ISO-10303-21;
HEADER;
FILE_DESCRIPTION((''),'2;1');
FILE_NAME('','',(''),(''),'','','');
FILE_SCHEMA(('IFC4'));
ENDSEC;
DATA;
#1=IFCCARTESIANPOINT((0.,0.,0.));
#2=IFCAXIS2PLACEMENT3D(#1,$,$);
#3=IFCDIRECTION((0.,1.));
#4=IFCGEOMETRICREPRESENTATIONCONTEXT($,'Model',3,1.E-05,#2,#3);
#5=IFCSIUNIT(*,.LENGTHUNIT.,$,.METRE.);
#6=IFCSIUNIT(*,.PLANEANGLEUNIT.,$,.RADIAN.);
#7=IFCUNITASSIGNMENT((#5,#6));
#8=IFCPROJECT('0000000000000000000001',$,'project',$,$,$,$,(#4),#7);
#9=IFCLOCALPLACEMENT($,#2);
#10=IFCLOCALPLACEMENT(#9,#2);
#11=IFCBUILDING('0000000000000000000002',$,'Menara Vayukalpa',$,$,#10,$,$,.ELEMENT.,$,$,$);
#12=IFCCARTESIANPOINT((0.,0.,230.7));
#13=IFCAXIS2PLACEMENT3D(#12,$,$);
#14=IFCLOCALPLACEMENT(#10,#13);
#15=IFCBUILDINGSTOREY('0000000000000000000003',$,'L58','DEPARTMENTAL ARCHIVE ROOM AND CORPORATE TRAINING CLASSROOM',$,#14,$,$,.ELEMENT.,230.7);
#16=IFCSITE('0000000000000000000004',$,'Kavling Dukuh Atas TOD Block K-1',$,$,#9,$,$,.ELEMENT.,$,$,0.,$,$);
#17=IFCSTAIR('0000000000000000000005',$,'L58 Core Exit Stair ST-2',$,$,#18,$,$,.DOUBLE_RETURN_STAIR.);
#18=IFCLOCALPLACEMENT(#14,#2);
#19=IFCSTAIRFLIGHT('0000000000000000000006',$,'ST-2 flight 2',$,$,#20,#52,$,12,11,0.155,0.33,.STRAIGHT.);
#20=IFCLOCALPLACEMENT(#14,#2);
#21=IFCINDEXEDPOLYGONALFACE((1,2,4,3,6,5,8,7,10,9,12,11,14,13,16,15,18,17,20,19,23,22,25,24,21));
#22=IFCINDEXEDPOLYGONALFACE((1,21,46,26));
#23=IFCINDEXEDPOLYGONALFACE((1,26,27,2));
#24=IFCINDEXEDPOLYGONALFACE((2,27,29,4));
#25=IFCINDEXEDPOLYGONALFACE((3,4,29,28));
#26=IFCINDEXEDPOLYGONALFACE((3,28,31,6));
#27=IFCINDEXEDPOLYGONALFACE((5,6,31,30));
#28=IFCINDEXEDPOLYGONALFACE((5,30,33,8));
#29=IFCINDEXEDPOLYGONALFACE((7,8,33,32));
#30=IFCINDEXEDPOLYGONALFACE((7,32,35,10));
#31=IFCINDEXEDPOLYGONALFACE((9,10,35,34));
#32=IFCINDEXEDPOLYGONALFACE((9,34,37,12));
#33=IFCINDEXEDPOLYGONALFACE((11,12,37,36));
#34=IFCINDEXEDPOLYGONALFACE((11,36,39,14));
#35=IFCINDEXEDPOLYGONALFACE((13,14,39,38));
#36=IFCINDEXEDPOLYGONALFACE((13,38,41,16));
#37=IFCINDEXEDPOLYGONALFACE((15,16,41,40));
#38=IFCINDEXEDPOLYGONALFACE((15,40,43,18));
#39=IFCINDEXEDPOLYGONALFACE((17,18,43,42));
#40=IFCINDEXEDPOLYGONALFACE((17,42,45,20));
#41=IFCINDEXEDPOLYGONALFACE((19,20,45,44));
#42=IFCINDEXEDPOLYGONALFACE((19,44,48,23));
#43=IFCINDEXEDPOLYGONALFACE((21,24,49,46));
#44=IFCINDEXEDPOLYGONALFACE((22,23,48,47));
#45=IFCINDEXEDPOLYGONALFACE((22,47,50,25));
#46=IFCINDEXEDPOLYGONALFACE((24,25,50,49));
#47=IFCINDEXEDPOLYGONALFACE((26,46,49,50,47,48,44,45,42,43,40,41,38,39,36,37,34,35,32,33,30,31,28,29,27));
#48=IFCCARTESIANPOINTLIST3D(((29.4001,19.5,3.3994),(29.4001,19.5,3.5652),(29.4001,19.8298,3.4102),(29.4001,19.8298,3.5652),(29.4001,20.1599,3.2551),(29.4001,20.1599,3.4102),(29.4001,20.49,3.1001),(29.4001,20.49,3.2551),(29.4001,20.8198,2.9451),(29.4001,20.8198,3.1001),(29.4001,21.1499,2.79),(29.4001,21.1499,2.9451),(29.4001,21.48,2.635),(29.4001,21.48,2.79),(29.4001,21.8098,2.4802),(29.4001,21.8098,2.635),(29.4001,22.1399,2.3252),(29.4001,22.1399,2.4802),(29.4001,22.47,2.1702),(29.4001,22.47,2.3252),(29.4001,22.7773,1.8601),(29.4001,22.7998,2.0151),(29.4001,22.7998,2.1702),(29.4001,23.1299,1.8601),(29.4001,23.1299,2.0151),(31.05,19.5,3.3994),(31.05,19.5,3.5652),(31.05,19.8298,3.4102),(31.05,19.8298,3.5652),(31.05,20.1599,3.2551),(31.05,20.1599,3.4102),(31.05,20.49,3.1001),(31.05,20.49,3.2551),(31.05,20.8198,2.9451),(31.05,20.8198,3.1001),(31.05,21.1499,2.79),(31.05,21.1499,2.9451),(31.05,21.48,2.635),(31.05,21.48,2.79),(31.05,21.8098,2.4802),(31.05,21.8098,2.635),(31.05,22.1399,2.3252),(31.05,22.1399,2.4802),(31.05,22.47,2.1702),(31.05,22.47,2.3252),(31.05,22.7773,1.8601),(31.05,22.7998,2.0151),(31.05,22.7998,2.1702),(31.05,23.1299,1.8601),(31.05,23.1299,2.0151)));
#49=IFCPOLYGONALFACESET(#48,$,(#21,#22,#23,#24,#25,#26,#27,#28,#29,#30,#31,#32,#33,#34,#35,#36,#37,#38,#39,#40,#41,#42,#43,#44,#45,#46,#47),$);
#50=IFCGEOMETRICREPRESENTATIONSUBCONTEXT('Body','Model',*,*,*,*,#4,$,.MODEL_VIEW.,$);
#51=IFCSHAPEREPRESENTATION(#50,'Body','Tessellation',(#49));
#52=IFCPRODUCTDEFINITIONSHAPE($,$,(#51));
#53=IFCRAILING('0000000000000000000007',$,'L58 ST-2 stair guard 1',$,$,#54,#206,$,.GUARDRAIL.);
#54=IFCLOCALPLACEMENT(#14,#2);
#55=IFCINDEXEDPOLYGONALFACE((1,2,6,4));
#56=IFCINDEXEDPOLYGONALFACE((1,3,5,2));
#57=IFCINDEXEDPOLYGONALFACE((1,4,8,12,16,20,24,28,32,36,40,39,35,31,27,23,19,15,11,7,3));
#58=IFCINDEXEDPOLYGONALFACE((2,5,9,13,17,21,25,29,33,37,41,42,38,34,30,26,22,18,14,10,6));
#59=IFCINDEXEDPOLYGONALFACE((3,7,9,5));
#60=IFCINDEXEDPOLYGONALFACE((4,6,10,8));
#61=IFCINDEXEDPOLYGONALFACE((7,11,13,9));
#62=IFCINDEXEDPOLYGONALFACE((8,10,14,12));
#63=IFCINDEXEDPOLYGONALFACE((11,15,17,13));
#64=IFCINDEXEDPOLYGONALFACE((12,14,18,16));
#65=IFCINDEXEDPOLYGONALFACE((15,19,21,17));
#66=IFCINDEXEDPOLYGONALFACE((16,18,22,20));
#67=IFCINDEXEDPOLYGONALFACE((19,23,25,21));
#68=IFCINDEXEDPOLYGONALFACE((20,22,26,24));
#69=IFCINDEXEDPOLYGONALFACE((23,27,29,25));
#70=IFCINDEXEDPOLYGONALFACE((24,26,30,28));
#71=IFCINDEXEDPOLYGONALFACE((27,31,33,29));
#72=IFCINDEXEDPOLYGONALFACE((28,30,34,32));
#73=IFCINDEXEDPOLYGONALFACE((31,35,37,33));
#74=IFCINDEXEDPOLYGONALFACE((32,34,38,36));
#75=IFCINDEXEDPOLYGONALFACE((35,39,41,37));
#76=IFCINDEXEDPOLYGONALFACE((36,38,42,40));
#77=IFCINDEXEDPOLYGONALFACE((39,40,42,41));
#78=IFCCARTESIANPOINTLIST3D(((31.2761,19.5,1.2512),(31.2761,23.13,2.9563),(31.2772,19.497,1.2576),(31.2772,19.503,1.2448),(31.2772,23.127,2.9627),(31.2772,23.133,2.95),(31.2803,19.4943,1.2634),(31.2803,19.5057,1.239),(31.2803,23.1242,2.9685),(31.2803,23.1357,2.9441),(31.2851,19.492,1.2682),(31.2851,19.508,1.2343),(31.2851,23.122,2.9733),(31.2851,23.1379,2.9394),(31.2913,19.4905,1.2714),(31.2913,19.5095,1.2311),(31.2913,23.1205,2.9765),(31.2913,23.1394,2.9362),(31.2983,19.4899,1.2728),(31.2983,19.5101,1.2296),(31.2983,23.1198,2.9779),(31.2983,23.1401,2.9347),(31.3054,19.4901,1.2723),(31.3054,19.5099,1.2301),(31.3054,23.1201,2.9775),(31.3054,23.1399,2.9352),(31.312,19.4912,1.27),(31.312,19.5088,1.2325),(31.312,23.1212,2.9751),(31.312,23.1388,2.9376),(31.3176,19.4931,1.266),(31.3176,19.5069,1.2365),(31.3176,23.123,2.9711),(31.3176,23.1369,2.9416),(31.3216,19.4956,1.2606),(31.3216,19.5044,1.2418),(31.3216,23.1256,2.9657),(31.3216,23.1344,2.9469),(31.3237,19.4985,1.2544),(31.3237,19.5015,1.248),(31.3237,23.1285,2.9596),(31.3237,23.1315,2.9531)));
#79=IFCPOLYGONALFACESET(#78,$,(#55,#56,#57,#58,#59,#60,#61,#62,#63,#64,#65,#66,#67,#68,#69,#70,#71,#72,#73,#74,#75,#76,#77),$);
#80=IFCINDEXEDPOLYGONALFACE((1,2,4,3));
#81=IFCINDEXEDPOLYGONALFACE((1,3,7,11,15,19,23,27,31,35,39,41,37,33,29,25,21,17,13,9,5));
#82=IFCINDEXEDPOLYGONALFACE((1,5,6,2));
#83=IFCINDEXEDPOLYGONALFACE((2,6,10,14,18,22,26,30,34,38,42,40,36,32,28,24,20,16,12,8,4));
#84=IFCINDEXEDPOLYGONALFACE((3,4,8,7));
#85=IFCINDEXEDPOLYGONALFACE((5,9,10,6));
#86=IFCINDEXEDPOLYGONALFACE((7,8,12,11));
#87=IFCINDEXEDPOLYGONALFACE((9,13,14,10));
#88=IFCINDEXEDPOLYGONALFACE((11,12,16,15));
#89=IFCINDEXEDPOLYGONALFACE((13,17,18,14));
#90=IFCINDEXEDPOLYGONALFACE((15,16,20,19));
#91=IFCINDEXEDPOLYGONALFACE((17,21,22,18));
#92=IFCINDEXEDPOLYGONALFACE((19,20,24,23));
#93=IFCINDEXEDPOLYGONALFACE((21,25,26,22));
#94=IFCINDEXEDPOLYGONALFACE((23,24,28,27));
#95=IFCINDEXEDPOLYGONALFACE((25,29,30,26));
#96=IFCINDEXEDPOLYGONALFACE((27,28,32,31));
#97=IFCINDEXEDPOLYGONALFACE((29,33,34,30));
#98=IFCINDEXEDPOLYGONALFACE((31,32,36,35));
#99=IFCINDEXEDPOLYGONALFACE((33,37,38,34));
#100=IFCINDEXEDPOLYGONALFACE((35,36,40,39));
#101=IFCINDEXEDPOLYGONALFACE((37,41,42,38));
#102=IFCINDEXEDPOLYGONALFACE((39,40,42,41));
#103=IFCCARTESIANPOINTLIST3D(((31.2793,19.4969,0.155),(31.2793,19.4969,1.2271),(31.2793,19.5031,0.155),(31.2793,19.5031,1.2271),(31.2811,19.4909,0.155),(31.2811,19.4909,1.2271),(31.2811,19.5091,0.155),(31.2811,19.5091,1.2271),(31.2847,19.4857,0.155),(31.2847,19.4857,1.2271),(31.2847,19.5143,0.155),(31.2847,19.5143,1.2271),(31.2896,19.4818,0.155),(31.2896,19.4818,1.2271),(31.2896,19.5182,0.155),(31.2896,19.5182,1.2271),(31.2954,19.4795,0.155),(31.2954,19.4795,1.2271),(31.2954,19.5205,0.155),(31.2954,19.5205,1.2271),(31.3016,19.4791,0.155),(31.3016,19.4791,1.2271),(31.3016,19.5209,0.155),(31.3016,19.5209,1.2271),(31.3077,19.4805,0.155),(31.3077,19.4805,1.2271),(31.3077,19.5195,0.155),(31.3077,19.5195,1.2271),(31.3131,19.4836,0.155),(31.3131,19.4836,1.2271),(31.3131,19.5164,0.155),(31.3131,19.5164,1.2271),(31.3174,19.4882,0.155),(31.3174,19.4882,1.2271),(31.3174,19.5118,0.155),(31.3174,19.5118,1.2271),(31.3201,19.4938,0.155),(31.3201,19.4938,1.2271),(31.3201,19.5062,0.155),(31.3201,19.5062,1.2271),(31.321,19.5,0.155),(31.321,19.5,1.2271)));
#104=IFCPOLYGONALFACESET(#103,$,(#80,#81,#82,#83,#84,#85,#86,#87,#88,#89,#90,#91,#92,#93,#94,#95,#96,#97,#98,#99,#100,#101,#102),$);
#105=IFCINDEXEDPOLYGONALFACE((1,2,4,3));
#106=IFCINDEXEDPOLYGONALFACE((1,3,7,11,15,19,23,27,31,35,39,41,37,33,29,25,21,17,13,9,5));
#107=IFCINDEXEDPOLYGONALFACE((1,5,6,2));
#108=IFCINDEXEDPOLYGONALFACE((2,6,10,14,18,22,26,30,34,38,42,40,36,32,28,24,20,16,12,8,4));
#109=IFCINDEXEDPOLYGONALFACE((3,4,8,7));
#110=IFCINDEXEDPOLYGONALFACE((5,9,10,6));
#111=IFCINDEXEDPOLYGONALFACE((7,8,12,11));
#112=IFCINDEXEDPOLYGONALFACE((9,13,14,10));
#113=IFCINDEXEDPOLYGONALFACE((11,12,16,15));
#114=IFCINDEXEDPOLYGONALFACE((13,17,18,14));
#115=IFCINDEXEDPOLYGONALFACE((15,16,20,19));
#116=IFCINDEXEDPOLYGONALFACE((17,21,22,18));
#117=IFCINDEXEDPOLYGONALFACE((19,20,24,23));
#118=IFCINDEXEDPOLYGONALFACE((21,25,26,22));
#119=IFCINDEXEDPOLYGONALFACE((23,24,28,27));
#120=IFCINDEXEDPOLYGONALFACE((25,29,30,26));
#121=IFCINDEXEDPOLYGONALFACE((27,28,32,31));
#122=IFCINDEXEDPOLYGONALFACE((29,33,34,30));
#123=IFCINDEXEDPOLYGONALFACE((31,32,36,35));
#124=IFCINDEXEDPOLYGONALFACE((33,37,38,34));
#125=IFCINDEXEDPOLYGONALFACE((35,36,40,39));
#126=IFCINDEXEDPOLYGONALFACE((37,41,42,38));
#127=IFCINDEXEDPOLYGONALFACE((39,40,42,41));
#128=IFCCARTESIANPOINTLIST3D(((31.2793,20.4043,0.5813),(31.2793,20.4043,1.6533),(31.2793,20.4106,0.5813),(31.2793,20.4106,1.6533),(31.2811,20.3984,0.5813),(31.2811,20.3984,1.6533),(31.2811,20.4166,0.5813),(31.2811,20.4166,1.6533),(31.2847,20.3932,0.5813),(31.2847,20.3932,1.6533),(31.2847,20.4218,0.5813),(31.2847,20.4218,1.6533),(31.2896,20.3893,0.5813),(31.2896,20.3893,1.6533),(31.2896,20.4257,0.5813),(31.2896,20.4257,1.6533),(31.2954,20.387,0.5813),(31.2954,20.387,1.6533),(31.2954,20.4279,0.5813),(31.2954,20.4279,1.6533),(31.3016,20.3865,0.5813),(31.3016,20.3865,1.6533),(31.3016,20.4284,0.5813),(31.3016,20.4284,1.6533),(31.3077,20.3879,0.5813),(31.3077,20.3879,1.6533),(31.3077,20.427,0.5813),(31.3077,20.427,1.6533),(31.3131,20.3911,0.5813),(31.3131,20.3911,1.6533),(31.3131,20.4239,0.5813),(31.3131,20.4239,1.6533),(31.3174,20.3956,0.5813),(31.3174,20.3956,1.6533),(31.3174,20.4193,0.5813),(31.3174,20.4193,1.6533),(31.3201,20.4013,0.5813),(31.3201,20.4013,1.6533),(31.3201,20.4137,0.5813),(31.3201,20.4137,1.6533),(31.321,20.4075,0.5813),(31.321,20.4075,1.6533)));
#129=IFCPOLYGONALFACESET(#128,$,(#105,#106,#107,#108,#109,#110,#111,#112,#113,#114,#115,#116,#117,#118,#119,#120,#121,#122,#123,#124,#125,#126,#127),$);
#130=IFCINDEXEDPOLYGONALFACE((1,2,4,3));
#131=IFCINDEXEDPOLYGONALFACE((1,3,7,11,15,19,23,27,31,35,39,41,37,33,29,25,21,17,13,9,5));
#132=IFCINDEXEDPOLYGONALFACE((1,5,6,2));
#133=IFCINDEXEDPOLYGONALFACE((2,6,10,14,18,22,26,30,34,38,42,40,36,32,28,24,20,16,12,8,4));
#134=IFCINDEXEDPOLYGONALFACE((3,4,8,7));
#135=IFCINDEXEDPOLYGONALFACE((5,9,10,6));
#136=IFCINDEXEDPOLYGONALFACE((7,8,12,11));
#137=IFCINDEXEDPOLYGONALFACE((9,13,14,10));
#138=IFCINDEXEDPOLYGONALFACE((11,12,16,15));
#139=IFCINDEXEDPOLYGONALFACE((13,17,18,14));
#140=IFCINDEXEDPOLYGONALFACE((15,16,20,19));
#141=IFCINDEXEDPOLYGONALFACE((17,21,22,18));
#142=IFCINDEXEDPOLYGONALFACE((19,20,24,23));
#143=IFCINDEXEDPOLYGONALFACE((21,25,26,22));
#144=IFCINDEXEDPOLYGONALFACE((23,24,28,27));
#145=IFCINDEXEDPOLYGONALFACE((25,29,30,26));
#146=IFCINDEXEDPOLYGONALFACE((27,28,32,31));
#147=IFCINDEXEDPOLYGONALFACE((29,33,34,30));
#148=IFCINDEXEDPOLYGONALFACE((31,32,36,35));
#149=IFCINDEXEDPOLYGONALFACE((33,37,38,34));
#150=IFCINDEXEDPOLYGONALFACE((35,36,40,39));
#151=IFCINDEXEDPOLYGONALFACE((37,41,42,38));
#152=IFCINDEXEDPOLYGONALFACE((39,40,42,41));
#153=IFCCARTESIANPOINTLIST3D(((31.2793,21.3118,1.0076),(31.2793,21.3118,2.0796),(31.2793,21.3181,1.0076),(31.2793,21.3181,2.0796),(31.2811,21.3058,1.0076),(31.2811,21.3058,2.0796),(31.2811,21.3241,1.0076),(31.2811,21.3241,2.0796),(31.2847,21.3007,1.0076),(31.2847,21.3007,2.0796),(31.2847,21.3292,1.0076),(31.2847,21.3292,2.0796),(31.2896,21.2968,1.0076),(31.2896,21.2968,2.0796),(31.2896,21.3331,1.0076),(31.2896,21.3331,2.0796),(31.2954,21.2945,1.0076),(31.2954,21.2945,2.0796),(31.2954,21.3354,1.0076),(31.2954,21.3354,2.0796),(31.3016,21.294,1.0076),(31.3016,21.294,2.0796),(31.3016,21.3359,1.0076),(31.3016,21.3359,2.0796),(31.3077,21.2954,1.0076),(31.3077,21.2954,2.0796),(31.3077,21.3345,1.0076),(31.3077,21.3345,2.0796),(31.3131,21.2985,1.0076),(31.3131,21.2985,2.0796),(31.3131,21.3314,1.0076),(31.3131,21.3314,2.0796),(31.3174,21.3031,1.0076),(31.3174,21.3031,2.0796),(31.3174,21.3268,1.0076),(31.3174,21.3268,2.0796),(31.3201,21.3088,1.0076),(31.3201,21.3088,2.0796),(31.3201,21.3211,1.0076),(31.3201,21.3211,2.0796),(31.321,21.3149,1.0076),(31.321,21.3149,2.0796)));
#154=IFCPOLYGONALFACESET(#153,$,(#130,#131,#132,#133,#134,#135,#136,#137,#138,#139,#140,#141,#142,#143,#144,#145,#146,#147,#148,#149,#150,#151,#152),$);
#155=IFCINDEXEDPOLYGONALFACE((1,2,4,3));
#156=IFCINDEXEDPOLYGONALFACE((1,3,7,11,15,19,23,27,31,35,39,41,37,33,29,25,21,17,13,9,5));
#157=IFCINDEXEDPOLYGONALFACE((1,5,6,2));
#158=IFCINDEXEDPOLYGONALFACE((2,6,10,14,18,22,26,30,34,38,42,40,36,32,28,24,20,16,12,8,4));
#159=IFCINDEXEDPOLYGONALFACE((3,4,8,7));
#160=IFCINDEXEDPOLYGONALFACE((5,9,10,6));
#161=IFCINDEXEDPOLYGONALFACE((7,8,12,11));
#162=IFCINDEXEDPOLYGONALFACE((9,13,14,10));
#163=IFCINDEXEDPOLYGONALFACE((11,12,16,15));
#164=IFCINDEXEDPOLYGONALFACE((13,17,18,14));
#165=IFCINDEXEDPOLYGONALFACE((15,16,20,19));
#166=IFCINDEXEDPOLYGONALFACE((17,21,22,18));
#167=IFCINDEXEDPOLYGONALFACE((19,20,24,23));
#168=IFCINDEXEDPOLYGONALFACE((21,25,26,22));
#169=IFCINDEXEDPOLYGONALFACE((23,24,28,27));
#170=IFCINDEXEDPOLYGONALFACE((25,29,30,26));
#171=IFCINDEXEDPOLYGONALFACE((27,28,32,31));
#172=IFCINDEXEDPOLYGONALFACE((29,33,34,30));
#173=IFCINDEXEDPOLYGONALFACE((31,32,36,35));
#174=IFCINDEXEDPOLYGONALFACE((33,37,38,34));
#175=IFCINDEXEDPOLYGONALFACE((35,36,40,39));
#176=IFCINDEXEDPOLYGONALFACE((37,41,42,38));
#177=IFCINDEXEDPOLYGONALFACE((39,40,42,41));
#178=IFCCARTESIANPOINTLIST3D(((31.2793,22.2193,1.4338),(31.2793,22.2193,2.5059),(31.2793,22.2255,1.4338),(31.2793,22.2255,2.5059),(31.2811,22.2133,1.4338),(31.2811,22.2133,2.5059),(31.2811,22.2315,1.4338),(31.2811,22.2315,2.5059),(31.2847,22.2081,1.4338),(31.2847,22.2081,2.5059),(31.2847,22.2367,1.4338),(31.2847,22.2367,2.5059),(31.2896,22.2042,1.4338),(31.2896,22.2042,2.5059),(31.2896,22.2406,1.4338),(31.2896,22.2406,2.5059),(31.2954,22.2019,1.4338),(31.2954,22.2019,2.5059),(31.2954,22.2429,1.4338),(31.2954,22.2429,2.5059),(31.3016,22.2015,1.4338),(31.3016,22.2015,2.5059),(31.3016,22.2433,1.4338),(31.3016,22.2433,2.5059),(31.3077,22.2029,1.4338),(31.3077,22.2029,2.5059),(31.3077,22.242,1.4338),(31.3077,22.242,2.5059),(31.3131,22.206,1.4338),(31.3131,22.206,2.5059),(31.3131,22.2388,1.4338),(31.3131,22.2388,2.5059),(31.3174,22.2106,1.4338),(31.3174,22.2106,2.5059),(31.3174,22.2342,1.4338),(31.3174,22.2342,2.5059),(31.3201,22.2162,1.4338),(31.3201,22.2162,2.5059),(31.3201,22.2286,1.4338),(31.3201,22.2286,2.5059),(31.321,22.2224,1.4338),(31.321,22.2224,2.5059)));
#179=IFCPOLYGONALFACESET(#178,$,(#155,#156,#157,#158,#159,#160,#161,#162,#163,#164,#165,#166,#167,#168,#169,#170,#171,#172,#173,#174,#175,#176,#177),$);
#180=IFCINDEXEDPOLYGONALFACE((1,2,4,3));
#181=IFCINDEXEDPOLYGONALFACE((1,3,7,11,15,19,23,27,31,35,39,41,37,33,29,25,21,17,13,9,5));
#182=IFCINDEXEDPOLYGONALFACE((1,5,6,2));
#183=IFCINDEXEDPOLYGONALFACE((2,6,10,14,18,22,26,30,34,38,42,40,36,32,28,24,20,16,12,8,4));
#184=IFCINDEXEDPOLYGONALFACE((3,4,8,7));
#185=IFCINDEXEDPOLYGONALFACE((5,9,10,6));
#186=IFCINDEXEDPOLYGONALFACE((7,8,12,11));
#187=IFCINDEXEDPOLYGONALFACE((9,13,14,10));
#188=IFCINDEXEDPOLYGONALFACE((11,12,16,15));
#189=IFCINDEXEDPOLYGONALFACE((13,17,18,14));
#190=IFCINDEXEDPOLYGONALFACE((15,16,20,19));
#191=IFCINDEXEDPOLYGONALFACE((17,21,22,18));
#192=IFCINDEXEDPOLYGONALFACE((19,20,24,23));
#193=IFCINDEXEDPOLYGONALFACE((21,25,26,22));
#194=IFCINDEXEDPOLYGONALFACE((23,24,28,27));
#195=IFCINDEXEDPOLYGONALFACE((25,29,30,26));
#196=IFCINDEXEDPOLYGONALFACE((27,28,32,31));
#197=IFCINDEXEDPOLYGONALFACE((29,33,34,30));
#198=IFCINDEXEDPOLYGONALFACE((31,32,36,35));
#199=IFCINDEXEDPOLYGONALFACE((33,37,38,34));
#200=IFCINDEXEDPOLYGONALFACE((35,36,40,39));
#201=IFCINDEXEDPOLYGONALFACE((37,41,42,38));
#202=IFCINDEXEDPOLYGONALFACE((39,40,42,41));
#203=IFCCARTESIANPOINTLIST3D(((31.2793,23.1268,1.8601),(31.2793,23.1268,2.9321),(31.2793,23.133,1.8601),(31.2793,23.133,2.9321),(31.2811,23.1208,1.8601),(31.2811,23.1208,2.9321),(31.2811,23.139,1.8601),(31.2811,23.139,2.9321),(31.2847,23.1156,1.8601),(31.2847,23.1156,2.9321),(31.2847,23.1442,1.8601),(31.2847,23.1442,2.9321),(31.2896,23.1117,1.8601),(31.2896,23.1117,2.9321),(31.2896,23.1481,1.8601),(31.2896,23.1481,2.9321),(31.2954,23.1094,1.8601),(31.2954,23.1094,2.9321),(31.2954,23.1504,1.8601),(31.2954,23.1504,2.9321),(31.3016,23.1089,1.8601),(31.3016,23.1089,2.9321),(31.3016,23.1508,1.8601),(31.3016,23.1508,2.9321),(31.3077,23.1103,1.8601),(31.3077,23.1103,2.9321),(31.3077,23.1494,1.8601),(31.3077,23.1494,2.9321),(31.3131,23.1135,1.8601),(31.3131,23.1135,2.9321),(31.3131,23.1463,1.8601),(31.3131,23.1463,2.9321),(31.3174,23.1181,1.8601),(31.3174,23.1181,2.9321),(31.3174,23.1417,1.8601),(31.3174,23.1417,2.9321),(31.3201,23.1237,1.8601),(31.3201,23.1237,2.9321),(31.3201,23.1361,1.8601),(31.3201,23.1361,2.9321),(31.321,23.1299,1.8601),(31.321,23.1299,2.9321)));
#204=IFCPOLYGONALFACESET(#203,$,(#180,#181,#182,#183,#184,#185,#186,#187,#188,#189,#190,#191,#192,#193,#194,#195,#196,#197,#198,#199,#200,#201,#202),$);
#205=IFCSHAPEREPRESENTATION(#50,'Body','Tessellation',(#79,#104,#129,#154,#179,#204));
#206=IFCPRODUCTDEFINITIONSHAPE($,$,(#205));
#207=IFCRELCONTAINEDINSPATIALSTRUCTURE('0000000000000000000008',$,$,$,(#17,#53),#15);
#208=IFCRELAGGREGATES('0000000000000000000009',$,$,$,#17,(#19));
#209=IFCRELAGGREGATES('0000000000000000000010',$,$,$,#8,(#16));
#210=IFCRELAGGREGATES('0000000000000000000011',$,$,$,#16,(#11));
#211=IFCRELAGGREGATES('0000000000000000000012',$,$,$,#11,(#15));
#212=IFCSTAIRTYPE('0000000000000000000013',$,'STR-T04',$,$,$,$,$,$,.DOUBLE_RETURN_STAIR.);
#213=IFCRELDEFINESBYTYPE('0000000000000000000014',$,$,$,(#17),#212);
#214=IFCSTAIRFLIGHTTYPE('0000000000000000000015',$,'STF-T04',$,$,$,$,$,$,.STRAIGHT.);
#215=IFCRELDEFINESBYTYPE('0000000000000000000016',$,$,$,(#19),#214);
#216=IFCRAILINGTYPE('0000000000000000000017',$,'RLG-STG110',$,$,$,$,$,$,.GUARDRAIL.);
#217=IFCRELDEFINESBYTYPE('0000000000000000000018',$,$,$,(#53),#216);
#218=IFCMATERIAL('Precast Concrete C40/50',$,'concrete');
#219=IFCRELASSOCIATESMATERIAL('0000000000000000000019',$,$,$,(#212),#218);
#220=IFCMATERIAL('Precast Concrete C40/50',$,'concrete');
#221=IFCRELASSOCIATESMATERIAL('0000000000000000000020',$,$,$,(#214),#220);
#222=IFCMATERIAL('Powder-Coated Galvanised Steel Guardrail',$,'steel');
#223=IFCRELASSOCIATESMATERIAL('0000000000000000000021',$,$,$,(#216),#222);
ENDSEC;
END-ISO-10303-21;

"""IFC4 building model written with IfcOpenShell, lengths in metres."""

from ifc_helpers import new_model, si_unit, direction, frame, origin, origin_2d, place, context, subcontext, project, spatial, polyline, circle, outline, extrude, material, type_object, element, aggregate, save


model = new_model("IFC4")

# Units and contexts
model_context = context("Model", 3, precision=1e-05, world=origin(), true_north=direction((0.0, 1.0)))
body_context = subcontext(model_context, "Body", "Model", "MODEL_VIEW")
ifc_project = project(units=[si_unit("LENGTHUNIT", "METRE"), si_unit("PLANEANGLEUNIT", "RADIAN")], contexts=[model_context])

# Site, building, storey
site_placement = place(None, origin())
site = spatial("IfcSite", under=ifc_project, at=site_placement, Name="Kavling Dukuh Atas TOD Block K-1", CompositionType="ELEMENT", RefElevation=0.0)
building_placement = place(site_placement, origin())
building = spatial("IfcBuilding", under=site, at=building_placement, Name="Menara Vayukalpa", CompositionType="ELEMENT")
storey_placement = place(building_placement, frame((0.0, 0.0, 230.7)))
storey = spatial("IfcBuildingStorey", under=building, at=storey_placement, Name="L58", Description="DEPARTMENTAL ARCHIVE ROOM AND CORPORATE TRAINING CLASSROOM", CompositionType="ELEMENT", Elevation=230.7)

# Stair, stair flight
ifc_material_1 = material(Name="Precast Concrete C40/50", Category="concrete")
stair_type = type_object("IfcStairType", Name="STR-T04", PredefinedType="DOUBLE_RETURN_STAIR", material=ifc_material_1)
stair_placement = place(storey_placement, origin())
stair = element("IfcStair", 1, at=stair_placement, inside=storey, type_object=stair_type, Name="L58 Core Exit Stair ST-2", PredefinedType="DOUBLE_RETURN_STAIR")
ifc_material_2 = material(Name="Precast Concrete C40/50", Category="concrete")
stair_flight_type = type_object("IfcStairFlightType", Name="STF-T04", PredefinedType="STRAIGHT", material=ifc_material_2)
stair_flight_1_placement = place(storey_placement, frame((30.2251, 23.1299, 1.8601), z_axis=(0.0, 0.0, 1.0), x_axis=(0.0, -1.0, 0.0)))
stair_flight_1 = element("IfcStairFlight", 2, at=stair_flight_1_placement, type_object=stair_flight_type, Name="ST-2 flight 2", NumberOfRisers=12, NumberOfTreads=11, PredefinedType="STRAIGHT", RiserHeight=0.155, TreadLength=0.33, context=body_context, shape_type="SweptSolid", body=[
    extrude(outline(polyline([(0.0, 0.0), (0.0, 0.155), (0.3301, 0.155), (0.3301, 0.3101), (0.6599, 0.3101), (0.6599, 0.4651), (0.99, 0.4651), (0.99, 0.6201), (1.3201, 0.6201), (1.3201, 0.7749), (1.6499, 0.7749), (1.6499, 0.9299), (1.98, 0.9299), (1.98, 1.085), (2.3101, 1.085), (2.3101, 1.24), (2.6399, 1.24), (2.6399, 1.395), (2.97, 1.395), (2.97, 1.55), (3.3, 1.55), (3.3, 1.7051), (3.6299, 1.7051), (3.6299, 1.8601), (3.6299, 1.5393), (0.3525, 0.0), (0.0, 0.0)])), frame((0.0, 0.825, 0.0), z_axis=(0.0, -1.0, 0.0), x_axis=(1.0, 0.0, 0.0)), (0.0, 0.0, 1.0), 1.6499),
])
aggregate(stair, [stair_flight_1])

# Railing
ifc_material_3 = material(Name="Powder-Coated Galvanised Steel Guardrail", Category="steel")
railing_type = type_object("IfcRailingType", Name="RLG-STG110", PredefinedType="GUARDRAIL", material=ifc_material_3)
railing_1_placement = place(storey_placement, frame((31.3, 19.5, 0.155)))
element("IfcRailing", 3, at=railing_1_placement, inside=storey, type_object=railing_type, Name="L58 ST-2 stair guard 1", PredefinedType="GUARDRAIL", context=body_context, shape_type="SweptSolid", body=[
    extrude(circle(Radius=0.0239, at=origin_2d()), frame((0.0, 0.0, 1.0962), z_axis=(0.0, 0.905116, 0.425164), x_axis=(-1.0, 0.0, 0.0)), (0.0, 0.0, 1.0), 4.0105),
    extrude(circle(Radius=0.021, at=origin_2d()), origin(), (0.0, 0.0, 1.0), 1.072),
    extrude(circle(Radius=0.021, at=origin_2d()), frame((0.0, 0.9075, 0.4263)), (0.0, 0.0, 1.0), 1.072),
    extrude(circle(Radius=0.021, at=origin_2d()), frame((0.0, 1.8149, 0.8525)), (0.0, 0.0, 1.0), 1.072),
    extrude(circle(Radius=0.021, at=origin_2d()), frame((0.0, 2.7224, 1.2788)), (0.0, 0.0, 1.0), 1.072),
    extrude(circle(Radius=0.021, at=origin_2d()), frame((0.0, 3.6299, 1.7051)), (0.0, 0.0, 1.0), 1.072),
])

save(model, "model.ifc")
